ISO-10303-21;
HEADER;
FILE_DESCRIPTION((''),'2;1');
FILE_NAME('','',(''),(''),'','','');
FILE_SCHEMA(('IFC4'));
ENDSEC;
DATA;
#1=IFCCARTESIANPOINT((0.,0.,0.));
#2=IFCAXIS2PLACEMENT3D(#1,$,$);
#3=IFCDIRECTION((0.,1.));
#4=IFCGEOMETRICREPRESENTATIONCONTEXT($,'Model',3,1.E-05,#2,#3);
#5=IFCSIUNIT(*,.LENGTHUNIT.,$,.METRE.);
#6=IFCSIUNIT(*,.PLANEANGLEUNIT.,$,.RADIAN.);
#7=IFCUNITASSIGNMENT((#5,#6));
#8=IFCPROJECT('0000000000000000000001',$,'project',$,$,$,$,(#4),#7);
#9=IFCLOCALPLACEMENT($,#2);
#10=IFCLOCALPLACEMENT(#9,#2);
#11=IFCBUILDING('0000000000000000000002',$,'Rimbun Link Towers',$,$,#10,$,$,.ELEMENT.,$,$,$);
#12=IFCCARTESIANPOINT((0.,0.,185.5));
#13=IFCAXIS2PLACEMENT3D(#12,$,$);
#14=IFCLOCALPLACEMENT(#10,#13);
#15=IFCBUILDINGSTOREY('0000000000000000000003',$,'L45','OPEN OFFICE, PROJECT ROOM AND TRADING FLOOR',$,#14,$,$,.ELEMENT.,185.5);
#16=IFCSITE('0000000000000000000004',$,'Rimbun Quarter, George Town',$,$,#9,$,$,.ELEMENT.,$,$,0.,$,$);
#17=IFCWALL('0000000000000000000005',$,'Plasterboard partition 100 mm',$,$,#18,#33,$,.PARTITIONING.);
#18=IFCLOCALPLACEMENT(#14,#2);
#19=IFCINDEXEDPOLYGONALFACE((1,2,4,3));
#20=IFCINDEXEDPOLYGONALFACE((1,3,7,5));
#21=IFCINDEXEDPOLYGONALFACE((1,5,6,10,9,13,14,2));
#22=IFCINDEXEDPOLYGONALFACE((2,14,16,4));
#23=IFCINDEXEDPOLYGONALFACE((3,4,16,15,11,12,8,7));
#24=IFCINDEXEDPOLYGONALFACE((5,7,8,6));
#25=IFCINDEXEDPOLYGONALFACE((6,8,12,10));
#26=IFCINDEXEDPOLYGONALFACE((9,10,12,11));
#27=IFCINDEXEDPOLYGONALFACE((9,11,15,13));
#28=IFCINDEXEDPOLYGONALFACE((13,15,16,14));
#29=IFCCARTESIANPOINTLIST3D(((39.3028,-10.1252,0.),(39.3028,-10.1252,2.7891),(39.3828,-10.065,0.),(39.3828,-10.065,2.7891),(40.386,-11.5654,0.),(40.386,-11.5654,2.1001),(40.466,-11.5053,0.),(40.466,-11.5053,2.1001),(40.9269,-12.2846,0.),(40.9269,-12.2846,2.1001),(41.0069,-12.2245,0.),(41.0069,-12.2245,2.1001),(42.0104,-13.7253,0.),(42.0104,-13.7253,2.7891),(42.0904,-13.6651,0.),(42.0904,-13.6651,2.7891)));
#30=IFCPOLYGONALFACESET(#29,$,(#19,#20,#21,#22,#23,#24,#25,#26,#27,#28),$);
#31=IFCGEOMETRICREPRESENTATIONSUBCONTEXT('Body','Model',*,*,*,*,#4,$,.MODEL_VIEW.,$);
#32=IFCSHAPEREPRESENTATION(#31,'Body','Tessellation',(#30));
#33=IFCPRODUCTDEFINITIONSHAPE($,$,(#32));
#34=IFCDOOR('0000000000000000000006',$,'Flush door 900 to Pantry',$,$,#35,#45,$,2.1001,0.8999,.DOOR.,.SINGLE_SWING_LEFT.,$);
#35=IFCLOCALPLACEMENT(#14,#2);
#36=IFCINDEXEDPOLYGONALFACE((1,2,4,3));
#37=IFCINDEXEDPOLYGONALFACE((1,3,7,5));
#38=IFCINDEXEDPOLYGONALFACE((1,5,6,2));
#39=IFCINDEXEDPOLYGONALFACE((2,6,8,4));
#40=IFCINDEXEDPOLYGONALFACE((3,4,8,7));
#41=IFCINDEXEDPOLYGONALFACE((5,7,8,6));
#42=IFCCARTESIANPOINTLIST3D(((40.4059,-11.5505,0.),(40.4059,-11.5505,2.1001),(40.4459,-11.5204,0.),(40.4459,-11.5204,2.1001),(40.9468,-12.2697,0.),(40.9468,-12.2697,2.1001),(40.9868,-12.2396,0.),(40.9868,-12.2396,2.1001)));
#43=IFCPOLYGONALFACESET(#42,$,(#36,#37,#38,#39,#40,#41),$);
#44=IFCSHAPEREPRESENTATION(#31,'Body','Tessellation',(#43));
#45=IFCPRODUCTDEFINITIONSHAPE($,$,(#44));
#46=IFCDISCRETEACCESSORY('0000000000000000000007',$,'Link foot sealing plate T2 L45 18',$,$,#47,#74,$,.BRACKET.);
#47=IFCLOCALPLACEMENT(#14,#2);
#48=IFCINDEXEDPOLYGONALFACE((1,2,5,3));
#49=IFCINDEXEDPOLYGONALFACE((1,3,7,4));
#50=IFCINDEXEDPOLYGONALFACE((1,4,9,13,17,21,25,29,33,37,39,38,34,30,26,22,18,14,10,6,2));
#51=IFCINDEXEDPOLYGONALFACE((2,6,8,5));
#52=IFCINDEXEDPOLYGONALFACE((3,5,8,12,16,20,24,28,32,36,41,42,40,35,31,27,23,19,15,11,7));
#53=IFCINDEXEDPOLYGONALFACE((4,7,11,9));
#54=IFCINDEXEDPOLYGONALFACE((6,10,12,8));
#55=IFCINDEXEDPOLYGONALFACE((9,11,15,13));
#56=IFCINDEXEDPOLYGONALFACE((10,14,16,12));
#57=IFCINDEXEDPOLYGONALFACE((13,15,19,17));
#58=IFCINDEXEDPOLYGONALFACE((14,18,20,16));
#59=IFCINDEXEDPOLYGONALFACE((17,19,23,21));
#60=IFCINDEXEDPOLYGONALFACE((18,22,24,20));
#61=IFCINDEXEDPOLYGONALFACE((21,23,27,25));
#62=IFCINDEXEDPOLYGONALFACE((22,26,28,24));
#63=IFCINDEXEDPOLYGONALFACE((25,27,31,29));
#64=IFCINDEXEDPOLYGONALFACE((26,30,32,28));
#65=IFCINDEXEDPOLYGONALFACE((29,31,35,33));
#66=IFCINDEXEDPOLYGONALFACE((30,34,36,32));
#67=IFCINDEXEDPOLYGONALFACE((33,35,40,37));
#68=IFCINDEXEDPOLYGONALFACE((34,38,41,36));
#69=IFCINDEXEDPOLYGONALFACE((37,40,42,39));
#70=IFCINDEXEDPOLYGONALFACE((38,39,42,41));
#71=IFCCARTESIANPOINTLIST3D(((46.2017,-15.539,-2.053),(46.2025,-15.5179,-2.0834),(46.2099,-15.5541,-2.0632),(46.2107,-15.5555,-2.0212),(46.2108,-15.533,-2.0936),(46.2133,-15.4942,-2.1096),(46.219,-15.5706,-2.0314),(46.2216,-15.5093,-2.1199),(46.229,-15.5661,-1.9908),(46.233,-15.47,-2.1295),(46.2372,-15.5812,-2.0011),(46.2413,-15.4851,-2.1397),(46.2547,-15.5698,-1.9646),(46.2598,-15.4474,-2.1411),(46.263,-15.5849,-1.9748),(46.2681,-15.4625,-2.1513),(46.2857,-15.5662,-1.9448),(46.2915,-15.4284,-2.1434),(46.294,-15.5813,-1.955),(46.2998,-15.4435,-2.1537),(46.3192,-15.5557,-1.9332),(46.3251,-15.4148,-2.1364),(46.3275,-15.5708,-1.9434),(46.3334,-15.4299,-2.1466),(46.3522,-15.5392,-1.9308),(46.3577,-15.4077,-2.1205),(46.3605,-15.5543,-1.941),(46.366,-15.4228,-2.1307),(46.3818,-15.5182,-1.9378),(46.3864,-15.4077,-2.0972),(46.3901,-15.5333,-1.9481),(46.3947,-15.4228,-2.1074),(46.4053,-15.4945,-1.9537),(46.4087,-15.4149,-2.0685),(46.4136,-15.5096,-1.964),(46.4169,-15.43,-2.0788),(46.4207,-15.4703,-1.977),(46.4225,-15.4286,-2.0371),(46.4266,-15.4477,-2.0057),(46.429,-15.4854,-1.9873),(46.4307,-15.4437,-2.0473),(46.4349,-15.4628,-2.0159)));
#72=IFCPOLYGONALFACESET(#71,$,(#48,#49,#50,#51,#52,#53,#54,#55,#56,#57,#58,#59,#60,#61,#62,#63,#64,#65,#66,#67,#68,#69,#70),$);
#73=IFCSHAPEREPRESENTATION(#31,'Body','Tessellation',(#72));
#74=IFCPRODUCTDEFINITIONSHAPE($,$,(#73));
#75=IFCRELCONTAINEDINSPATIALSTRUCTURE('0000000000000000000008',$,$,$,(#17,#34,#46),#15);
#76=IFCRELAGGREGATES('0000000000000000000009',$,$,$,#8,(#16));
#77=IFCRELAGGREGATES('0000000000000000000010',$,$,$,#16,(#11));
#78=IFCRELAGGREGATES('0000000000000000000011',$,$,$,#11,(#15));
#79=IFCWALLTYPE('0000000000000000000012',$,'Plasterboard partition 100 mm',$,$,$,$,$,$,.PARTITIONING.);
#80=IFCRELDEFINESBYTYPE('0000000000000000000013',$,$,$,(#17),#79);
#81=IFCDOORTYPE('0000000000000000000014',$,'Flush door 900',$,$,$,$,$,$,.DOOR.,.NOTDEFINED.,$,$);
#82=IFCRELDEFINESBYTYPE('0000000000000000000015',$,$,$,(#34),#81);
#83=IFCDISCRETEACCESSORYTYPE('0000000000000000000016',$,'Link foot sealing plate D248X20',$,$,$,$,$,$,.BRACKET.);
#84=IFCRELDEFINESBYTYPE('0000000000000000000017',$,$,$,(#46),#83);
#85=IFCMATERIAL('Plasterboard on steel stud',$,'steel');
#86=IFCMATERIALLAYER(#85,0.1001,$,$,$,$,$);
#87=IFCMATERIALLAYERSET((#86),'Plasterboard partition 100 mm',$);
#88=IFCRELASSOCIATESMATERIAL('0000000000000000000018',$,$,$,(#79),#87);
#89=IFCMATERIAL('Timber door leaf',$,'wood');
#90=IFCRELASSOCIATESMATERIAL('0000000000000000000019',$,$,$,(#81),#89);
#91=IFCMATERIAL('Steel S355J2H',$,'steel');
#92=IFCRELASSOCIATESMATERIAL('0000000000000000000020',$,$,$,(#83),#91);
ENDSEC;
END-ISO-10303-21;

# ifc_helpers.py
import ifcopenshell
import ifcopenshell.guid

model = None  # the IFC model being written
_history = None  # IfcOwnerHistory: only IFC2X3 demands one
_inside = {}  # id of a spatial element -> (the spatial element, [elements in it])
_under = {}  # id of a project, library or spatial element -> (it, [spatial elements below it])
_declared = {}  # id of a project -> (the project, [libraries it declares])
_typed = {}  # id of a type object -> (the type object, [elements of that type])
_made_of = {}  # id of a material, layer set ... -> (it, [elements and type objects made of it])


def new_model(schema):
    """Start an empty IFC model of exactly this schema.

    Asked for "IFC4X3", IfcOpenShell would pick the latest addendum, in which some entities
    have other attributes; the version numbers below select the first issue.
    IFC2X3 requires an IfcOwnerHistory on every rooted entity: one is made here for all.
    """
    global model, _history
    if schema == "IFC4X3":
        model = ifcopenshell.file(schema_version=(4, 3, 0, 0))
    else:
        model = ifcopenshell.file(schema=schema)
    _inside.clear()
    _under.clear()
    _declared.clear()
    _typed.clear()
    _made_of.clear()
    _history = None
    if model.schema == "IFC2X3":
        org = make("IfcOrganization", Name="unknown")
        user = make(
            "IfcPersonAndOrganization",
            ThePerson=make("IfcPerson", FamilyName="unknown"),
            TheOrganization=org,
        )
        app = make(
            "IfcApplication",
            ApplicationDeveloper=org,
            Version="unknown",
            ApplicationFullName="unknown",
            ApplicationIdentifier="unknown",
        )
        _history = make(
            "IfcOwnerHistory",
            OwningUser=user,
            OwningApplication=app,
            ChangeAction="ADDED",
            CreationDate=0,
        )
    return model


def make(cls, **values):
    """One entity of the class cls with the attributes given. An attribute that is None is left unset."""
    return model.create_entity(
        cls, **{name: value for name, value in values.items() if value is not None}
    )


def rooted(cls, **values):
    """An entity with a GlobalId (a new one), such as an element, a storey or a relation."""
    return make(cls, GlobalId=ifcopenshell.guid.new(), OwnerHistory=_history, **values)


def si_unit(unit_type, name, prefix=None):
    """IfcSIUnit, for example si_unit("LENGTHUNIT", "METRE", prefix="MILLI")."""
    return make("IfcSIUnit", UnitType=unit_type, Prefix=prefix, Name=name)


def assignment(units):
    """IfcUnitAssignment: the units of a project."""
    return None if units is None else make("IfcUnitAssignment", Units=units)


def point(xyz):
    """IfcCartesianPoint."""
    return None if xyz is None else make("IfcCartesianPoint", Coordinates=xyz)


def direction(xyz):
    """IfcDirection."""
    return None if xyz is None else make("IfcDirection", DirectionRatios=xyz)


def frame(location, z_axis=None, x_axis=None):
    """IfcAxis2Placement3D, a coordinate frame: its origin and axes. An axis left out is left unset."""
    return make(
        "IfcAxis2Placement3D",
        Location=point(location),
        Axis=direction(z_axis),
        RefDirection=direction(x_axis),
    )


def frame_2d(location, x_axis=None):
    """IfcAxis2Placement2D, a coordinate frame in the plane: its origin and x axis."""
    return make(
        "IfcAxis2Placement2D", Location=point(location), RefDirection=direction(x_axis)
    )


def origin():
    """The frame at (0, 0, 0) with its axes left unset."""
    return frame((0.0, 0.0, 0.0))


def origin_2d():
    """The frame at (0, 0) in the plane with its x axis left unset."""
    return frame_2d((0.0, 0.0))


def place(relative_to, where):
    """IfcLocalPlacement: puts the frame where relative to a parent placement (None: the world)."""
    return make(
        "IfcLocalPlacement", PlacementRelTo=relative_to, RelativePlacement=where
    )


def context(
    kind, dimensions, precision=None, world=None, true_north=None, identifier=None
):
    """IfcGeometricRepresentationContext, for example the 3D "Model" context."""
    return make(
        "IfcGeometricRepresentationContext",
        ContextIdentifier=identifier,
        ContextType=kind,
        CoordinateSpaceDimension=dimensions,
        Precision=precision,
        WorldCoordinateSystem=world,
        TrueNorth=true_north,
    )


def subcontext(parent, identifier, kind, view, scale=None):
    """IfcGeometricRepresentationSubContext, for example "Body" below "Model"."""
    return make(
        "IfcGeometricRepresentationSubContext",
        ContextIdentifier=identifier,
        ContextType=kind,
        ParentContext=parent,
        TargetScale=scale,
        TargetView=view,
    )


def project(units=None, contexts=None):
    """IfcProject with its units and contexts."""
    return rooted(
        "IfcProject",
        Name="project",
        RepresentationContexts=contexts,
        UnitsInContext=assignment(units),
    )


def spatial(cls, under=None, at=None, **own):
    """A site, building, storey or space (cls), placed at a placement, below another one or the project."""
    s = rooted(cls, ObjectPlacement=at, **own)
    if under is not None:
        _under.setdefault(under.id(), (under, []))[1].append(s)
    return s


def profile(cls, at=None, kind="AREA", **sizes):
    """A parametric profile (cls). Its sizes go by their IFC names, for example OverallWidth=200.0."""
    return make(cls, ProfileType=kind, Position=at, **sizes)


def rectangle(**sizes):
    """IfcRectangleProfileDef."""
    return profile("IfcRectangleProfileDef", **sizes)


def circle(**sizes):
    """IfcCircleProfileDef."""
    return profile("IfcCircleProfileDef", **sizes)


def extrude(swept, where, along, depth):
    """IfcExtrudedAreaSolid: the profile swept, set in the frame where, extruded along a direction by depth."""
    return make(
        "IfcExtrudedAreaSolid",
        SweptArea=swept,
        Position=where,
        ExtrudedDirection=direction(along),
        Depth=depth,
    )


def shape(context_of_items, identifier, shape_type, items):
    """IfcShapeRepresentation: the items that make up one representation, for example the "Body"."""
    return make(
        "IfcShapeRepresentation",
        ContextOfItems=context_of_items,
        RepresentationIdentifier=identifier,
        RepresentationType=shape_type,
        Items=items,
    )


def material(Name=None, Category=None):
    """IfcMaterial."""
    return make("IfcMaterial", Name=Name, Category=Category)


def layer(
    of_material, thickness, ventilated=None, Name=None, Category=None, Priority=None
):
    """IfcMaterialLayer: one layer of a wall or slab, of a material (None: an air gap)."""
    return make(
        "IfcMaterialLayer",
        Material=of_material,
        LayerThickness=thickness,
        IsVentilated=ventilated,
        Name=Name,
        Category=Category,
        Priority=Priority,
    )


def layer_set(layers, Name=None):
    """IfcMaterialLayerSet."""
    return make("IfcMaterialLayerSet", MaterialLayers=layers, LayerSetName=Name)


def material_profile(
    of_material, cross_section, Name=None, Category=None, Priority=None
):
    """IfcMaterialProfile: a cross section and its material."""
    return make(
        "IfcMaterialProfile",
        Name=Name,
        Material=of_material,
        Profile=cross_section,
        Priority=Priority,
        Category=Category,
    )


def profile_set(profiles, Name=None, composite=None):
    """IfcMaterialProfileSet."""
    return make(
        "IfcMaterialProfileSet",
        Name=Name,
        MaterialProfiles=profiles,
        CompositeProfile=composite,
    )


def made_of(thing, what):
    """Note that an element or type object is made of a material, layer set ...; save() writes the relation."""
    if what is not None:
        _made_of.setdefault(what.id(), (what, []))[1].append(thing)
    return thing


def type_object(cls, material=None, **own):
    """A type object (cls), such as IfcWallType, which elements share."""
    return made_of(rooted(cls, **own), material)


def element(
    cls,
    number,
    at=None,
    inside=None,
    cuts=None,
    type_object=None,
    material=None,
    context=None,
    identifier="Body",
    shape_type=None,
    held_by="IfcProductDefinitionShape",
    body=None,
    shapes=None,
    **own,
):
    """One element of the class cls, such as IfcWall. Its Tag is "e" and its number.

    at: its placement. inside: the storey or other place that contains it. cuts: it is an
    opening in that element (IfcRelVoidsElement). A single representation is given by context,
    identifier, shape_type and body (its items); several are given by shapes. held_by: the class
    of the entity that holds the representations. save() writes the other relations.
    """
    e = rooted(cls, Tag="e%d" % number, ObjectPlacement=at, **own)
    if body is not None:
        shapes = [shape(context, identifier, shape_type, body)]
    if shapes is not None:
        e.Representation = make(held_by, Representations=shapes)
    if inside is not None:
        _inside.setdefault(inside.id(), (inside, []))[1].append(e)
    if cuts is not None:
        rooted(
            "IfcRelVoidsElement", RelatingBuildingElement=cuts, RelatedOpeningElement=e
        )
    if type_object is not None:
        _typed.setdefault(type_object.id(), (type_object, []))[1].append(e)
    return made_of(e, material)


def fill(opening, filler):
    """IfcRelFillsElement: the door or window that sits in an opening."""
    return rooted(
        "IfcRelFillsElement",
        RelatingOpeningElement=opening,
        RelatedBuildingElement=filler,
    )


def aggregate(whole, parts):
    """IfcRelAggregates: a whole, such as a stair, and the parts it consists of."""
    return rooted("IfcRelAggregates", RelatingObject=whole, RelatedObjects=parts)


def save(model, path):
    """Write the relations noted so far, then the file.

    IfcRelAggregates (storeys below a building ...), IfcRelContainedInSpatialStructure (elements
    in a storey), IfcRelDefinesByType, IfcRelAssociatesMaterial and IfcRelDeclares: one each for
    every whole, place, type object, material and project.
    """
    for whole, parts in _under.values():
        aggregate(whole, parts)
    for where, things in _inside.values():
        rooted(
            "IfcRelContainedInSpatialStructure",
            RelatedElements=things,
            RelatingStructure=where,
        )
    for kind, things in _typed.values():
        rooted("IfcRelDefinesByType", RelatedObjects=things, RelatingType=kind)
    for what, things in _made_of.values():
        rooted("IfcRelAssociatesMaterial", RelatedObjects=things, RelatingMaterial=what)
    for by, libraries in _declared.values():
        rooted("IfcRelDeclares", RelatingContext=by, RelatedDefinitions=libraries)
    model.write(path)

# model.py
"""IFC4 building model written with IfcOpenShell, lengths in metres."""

from ifc_helpers import new_model, si_unit, direction, frame, frame_2d, origin, origin_2d, place, context, subcontext, project, spatial, rectangle, circle, extrude, material, layer, layer_set, material_profile, profile_set, type_object, element, fill, save


model = new_model("IFC4")

# Units and contexts
model_context = context("Model", 3, precision=1e-05, world=origin(), true_north=direction((0.0, 1.0)))
body_context = subcontext(model_context, "Body", "Model", "MODEL_VIEW")
ifc_project = project(units=[si_unit("LENGTHUNIT", "METRE"), si_unit("PLANEANGLEUNIT", "RADIAN")], contexts=[model_context])

# Site, building, storey
site_placement = place(None, origin())
site = spatial("IfcSite", under=ifc_project, at=site_placement, Name="Rimbun Quarter, George Town", CompositionType="ELEMENT", RefElevation=0.0)
building_placement = place(site_placement, origin())
building = spatial("IfcBuilding", under=site, at=building_placement, Name="Rimbun Link Towers", CompositionType="ELEMENT")
storey_placement = place(building_placement, frame((0.0, 0.0, 185.5)))
storey = spatial("IfcBuildingStorey", under=building, at=storey_placement, Name="L45", Description="OPEN OFFICE, PROJECT ROOM AND TRADING FLOOR", CompositionType="ELEMENT", Elevation=185.5)

# Wall, opening, door
ifc_material_1 = material(Name="Plasterboard on steel stud", Category="steel")
ifc_layer_1 = layer(ifc_material_1, 0.1001)
ifc_layer_set_1 = layer_set([ifc_layer_1], Name="Plasterboard partition 100 mm")
wall_type_1 = type_object("IfcWallType", Name="Plasterboard partition 100 mm", PredefinedType="PARTITIONING", material=ifc_layer_set_1)
wall_1_placement = place(storey_placement, frame((39.3428, -10.095, 0.0), z_axis=(0.0, 0.0, 1.0), x_axis=(0.601057, -0.799206, 0.0)))
wall_1 = element("IfcWall", 1, at=wall_1_placement, inside=storey, type_object=wall_type_1, Name="Plasterboard partition 100 mm", PredefinedType="PARTITIONING", context=body_context, shape_type="SweptSolid", body=[
    extrude(rectangle(XDim=4.5046, YDim=0.1001, at=frame_2d((2.2524, 0.0))), origin(), (0.0, 0.0, 1.0), 2.7891),
])
opening_1_placement = place(wall_1_placement, frame((1.8022, 0.0, 0.0)))
opening_1 = element("IfcOpeningElement", 2, at=opening_1_placement, cuts=wall_1, PredefinedType="OPENING", context=body_context, shape_type="SweptSolid", body=[
    extrude(rectangle(XDim=0.8999, YDim=2.1001, at=frame_2d((0.45, 1.05))), frame((0.0, 0.0601, 0.0), z_axis=(0.0, -1.0, 0.0), x_axis=(1.0, 0.0, 0.0)), (0.0, 0.0, 1.0), 0.1201),
])
ifc_material_2 = material(Name="Timber door leaf", Category="wood")
door_type_1 = type_object("IfcDoorType", Name="Flush door 900", OperationType="NOTDEFINED", PredefinedType="DOOR", material=ifc_material_2)
door_1_placement = place(opening_1_placement, origin())
door_1 = element("IfcDoor", 3, at=door_1_placement, inside=storey, type_object=door_type_1, Name="Flush door 900 to Pantry", OperationType="SINGLE_SWING_LEFT", OverallHeight=2.1001, OverallWidth=0.8999, PredefinedType="DOOR", context=body_context, shape_type="SweptSolid", body=[
    extrude(rectangle(XDim=0.8999, YDim=2.1001, at=frame_2d((0.45, 1.05))), frame((0.0, 0.0249, 0.0), z_axis=(0.0, -1.0, 0.0), x_axis=(1.0, 0.0, 0.0)), (0.0, 0.0, 1.0), 0.05),
])
fill(opening_1, door_1)

# Discrete accessory
ifc_material_3 = material(Name="Steel S355J2H", Category="steel")
ifc_material_profile_1 = material_profile(ifc_material_3, circle(Radius=0.124, at=origin_2d()), Name="PL D248")
ifc_profile_set_1 = profile_set([ifc_material_profile_1], Name="Steel S355J2H")
discrete_accessory_type = type_object("IfcDiscreteAccessoryType", Name="Link foot sealing plate D248X20", PredefinedType="BRACKET", material=ifc_profile_set_1)
discrete_accessory_placement = place(storey_placement, frame((46.3137, -15.4883, -2.0371), z_axis=(0.413406, -0.753859, -0.510678), x_axis=(0.876812, 0.480833, 0.0)))
element("IfcDiscreteAccessory", 4, at=discrete_accessory_placement, inside=storey, type_object=discrete_accessory_type, Name="Link foot sealing plate T2 L45 18", PredefinedType="BRACKET", context=body_context, shape_type="SweptSolid", body=[
    extrude(circle(Radius=0.124, at=origin_2d()), origin(), (0.0, 0.0, 1.0), 0.02),
])

save(model, "model.ifc")
